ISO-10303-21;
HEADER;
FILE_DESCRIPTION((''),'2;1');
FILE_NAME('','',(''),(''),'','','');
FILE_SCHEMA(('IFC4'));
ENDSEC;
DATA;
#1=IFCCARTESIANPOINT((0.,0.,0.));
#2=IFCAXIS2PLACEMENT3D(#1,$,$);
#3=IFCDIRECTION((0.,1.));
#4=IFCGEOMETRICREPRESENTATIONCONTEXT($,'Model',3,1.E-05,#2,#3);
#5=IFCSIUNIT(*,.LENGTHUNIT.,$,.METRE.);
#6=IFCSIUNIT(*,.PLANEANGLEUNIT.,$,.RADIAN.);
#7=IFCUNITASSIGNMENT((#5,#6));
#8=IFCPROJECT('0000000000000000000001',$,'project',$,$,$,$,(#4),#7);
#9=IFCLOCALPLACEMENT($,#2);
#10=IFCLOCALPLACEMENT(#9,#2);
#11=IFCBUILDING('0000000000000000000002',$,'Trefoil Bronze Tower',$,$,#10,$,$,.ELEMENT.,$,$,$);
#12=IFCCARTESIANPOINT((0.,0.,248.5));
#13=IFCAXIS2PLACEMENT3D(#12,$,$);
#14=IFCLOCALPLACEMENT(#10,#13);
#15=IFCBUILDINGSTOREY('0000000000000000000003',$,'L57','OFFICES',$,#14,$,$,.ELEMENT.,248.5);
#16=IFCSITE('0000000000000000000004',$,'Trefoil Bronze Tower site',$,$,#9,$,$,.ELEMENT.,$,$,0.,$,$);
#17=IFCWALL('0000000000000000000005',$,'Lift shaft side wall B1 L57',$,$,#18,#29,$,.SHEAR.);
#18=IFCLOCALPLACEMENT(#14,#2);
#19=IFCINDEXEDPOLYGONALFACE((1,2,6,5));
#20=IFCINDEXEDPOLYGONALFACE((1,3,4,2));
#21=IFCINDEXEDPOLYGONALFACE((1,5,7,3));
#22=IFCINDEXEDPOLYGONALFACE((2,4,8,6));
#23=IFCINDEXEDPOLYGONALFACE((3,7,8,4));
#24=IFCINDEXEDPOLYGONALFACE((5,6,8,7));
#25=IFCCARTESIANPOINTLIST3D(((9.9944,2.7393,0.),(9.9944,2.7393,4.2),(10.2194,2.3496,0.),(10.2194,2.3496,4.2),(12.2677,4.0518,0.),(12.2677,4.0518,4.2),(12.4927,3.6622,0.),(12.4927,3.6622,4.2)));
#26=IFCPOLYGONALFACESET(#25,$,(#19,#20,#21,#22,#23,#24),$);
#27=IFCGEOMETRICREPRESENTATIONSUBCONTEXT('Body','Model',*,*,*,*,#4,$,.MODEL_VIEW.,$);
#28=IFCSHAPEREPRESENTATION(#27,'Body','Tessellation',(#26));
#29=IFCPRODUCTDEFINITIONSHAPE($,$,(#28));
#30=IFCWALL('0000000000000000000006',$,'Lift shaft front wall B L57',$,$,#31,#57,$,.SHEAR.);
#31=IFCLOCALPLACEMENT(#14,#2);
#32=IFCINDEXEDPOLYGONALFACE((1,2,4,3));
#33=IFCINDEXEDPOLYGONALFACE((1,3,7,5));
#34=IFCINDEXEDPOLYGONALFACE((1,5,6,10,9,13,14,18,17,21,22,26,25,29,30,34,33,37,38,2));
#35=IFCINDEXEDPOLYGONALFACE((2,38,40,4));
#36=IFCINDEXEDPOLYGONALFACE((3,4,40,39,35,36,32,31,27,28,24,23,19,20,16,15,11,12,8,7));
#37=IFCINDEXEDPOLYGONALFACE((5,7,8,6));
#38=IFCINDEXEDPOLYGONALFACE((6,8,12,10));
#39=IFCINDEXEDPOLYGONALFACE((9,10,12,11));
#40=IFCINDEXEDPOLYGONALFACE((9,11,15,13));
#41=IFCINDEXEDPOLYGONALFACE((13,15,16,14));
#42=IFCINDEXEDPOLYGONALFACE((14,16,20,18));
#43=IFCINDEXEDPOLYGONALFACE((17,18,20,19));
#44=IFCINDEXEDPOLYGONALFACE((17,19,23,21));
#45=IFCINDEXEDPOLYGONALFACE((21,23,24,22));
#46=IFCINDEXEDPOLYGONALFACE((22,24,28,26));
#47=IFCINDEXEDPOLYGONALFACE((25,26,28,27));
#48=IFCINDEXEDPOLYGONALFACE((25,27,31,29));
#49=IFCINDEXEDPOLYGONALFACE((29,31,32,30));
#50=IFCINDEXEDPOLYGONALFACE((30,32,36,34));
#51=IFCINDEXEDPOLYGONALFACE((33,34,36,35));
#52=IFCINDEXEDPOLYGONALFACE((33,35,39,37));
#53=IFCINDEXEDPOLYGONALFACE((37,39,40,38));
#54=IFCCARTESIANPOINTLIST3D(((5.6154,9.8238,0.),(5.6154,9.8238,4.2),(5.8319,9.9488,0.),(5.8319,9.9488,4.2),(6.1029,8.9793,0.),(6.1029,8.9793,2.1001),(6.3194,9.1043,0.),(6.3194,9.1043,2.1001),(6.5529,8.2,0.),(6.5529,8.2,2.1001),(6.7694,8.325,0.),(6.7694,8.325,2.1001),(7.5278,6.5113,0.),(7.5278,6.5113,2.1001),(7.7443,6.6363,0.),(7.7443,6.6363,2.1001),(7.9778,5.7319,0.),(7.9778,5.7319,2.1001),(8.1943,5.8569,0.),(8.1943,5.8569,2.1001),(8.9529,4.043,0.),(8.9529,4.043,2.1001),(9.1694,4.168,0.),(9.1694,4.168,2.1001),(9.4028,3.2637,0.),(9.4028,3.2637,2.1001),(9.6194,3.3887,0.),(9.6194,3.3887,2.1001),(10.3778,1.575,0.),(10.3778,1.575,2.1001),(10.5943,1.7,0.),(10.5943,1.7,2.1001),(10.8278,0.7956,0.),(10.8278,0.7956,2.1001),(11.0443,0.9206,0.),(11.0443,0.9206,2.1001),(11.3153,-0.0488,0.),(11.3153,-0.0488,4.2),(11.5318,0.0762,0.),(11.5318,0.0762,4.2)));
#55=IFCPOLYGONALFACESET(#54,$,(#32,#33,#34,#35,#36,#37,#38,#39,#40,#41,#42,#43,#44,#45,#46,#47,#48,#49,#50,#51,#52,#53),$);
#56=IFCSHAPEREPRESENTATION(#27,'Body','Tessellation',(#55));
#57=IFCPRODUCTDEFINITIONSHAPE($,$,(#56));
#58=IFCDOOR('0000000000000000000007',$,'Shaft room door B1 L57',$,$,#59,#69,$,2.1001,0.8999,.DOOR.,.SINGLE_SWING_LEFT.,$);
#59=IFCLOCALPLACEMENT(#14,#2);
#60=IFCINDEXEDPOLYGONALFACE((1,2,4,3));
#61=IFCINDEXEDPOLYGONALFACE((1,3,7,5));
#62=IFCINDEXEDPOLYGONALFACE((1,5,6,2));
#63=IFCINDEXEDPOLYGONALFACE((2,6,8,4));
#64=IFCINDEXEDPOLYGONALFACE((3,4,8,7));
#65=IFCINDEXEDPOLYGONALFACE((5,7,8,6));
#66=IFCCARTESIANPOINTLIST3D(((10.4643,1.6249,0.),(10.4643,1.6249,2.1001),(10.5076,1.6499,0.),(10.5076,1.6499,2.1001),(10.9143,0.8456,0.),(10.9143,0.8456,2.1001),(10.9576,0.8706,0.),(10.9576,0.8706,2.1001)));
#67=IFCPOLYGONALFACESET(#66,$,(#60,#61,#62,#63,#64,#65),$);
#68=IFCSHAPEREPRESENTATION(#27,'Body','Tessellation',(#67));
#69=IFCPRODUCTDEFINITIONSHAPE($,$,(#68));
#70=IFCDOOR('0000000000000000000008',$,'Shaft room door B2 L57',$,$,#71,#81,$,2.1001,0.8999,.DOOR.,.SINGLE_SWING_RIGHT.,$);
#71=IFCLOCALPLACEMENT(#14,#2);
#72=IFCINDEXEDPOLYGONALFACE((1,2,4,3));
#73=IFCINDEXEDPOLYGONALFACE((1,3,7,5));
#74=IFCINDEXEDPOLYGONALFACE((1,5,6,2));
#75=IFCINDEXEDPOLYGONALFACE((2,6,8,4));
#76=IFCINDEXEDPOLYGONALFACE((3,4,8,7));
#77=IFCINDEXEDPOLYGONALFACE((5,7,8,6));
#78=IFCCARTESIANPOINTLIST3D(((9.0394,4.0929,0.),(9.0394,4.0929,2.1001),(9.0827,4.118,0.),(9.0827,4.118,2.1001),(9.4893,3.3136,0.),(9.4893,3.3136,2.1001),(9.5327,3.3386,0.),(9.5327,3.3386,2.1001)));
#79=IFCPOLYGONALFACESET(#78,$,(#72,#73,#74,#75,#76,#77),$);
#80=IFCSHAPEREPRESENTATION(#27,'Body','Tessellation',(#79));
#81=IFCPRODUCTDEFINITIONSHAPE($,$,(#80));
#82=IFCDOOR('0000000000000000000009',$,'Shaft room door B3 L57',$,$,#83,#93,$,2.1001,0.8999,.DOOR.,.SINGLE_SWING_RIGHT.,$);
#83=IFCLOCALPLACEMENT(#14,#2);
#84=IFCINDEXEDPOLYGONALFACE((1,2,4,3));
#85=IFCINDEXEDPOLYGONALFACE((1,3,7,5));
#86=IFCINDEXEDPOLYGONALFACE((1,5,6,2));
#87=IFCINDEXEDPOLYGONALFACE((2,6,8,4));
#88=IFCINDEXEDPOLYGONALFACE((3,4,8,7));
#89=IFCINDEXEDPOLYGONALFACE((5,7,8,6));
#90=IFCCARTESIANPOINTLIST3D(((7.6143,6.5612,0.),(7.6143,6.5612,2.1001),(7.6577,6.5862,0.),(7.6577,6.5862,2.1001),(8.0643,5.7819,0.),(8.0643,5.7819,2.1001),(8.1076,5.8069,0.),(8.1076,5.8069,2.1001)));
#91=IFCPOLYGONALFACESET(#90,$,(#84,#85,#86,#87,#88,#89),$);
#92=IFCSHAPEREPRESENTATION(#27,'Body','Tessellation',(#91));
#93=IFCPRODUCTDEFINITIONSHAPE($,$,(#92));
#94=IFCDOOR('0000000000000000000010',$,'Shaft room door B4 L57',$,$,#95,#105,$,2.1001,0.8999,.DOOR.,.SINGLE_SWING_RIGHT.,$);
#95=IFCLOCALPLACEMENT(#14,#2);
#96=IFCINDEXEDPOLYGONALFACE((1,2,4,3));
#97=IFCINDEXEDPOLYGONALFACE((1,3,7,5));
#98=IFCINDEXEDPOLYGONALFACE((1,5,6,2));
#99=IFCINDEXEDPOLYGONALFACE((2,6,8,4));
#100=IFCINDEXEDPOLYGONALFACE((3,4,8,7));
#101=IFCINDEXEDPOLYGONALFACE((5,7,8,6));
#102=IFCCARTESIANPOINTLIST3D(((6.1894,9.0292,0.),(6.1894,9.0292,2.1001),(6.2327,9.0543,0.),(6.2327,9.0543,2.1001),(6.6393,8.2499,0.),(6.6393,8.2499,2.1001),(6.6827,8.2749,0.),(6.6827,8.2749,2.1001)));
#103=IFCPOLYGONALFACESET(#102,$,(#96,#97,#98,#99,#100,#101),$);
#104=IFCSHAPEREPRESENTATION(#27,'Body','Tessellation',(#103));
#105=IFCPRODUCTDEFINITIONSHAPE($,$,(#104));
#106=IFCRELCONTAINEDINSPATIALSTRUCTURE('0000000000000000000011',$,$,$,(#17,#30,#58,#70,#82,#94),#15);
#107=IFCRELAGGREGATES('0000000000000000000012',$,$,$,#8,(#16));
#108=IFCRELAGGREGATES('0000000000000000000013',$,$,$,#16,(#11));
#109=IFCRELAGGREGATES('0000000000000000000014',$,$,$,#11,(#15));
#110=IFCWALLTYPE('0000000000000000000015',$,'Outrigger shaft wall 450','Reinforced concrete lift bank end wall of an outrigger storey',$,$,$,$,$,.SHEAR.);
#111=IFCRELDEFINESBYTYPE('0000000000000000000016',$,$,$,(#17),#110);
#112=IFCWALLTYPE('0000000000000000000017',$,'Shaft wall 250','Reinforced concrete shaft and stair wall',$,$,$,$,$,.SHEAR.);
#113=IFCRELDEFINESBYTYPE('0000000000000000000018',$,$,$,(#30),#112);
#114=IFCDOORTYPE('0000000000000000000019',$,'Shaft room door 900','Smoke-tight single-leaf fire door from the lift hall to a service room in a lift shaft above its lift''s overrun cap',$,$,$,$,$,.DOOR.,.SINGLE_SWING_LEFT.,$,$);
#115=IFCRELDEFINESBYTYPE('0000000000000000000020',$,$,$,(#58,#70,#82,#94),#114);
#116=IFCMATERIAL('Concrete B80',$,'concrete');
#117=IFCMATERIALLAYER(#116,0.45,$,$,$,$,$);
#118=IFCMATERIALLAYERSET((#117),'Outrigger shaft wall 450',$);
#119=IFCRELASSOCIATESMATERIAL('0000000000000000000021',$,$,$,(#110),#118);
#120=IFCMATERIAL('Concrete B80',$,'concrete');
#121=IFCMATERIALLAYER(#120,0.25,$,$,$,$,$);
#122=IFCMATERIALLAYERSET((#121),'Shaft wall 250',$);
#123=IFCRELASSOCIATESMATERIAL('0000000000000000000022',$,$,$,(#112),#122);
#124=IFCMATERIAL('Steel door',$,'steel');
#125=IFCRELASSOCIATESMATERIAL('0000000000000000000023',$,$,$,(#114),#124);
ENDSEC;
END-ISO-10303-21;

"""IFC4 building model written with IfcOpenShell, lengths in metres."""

from ifc_helpers import new_model, si_unit, direction, frame, frame_2d, origin, place, context, subcontext, project, spatial, rectangle, extrude, material, layer, layer_set, type_object, element, fill, save


model = new_model("IFC4")

# Units and contexts
model_context = context("Model", 3, precision=1e-05, world=origin(), true_north=direction((0.0, 1.0)))
body_context = subcontext(model_context, "Body", "Model", "MODEL_VIEW")
ifc_project = project(units=[si_unit("LENGTHUNIT", "METRE"), si_unit("PLANEANGLEUNIT", "RADIAN")], contexts=[model_context])

# Site, building, storey
site_placement = place(None, origin())
site = spatial("IfcSite", under=ifc_project, at=site_placement, Name="Trefoil Bronze Tower site", CompositionType="ELEMENT", RefElevation=0.0)
building_placement = place(site_placement, origin())
building = spatial("IfcBuilding", under=site, at=building_placement, Name="Trefoil Bronze Tower", CompositionType="ELEMENT")
storey_placement = place(building_placement, frame((0.0, 0.0, 248.5)))
storey = spatial("IfcBuildingStorey", under=building, at=storey_placement, Name="L57", Description="OFFICES", CompositionType="ELEMENT", Elevation=248.5)

# Wall
ifc_material_1 = material(Name="Concrete B80", Category="concrete")
ifc_layer_1 = layer(ifc_material_1, 0.45)
ifc_layer_set_1 = layer_set([ifc_layer_1], Name="Outrigger shaft wall 450")
wall_type_1 = type_object("IfcWallType", Name="Outrigger shaft wall 450", Description="Reinforced concrete lift bank end wall of an outrigger storey", PredefinedType="SHEAR", material=ifc_layer_set_1)
for number, where, z_axis, x_axis, name in (
    (1, (10.1069, 2.5444, 0.0), (0.0, 0.0, 1.0), (0.866014, 0.50002, 0.0), "Lift shaft side wall B1 L57"),
):
    element("IfcWall", number, at=place(storey_placement, frame(where, z_axis=z_axis, x_axis=x_axis)), inside=storey, type_object=wall_type_1, Name=name, PredefinedType="SHEAR", context=body_context, shape_type="SweptSolid", body=[
        extrude(rectangle(XDim=2.625, YDim=0.45, at=frame_2d((1.3125, 0.0))), origin(), (0.0, 0.0, 1.0), 4.2),
    ])

# Wall, openings, doors
ifc_material_2 = material(Name="Concrete B80", Category="concrete")
ifc_layer_2 = layer(ifc_material_2, 0.25)
ifc_layer_set_2 = layer_set([ifc_layer_2], Name="Shaft wall 250")
wall_type_2 = type_object("IfcWallType", Name="Shaft wall 250", Description="Reinforced concrete shaft and stair wall", PredefinedType="SHEAR", material=ifc_layer_set_2)
wall_1_placement = place(storey_placement, frame((11.4236, 0.0137, 0.0), z_axis=(0.0, 0.0, 1.0), x_axis=(-0.500002, 0.866024, 0.0)))
wall_1 = element("IfcWall", 2, at=wall_1_placement, inside=storey, type_object=wall_type_2, Name="Lift shaft front wall B L57", PredefinedType="SHEAR", context=body_context, shape_type="SweptSolid", body=[
    extrude(rectangle(XDim=11.3999, YDim=0.25, at=frame_2d((5.7, 0.0))), origin(), (0.0, 0.0, 1.0), 4.2),
])
opening_1_placement = place(wall_1_placement, frame((0.9751, 0.0, 0.0)))
opening_1 = element("IfcOpeningElement", 3, at=opening_1_placement, cuts=wall_1, PredefinedType="OPENING", context=body_context, shape_type="SweptSolid", body=[
    extrude(rectangle(XDim=0.8999, YDim=2.1001, at=frame_2d((0.45, 1.05))), frame((0.0, 0.135, 0.0), z_axis=(0.0, -1.0, 0.0), x_axis=(1.0, 0.0, 0.0)), (0.0, 0.0, 1.0), 0.27),
])
opening_2_placement = place(wall_1_placement, frame((3.825, 0.0, 0.0)))
opening_2 = element("IfcOpeningElement", 4, at=opening_2_placement, cuts=wall_1, PredefinedType="OPENING", context=body_context, shape_type="SweptSolid", body=[
    extrude(rectangle(XDim=0.8999, YDim=2.1001, at=frame_2d((0.45, 1.05))), frame((0.0, 0.135, 0.0), z_axis=(0.0, -1.0, 0.0), x_axis=(1.0, 0.0, 0.0)), (0.0, 0.0, 1.0), 0.27),
])
opening_3_placement = place(wall_1_placement, frame((6.675, 0.0, 0.0)))
opening_3 = element("IfcOpeningElement", 5, at=opening_3_placement, cuts=wall_1, PredefinedType="OPENING", context=body_context, shape_type="SweptSolid", body=[
    extrude(rectangle(XDim=0.8999, YDim=2.1001, at=frame_2d((0.45, 1.05))), frame((0.0, 0.135, 0.0), z_axis=(0.0, -1.0, 0.0), x_axis=(1.0, 0.0, 0.0)), (0.0, 0.0, 1.0), 0.27),
])
opening_4_placement = place(wall_1_placement, frame((9.5249, 0.0, 0.0)))
opening_4 = element("IfcOpeningElement", 6, at=opening_4_placement, cuts=wall_1, PredefinedType="OPENING", context=body_context, shape_type="SweptSolid", body=[
    extrude(rectangle(XDim=0.8999, YDim=2.1001, at=frame_2d((0.45, 1.05))), frame((0.0, 0.135, 0.0), z_axis=(0.0, -1.0, 0.0), x_axis=(1.0, 0.0, 0.0)), (0.0, 0.0, 1.0), 0.27),
])
ifc_material_3 = material(Name="Steel door", Category="steel")
door_type_1 = type_object("IfcDoorType", Name="Shaft room door 900", Description="Smoke-tight single-leaf fire door from the lift hall to a service room in a lift shaft above its lift's overrun cap", OperationType="SINGLE_SWING_LEFT", PredefinedType="DOOR", material=ifc_material_3)
door_1_placement = place(opening_1_placement, frame((0.8999, 0.0, 0.0), z_axis=(0.0, 0.0, 1.0), x_axis=(-1.0, 0.0, 0.0)))
door_1 = element("IfcDoor", 7, at=door_1_placement, inside=storey, type_object=door_type_1, Name="Shaft room door B1 L57", OperationType="SINGLE_SWING_LEFT", OverallHeight=2.1001, OverallWidth=0.8999, PredefinedType="DOOR", context=body_context, shape_type="SweptSolid", body=[
    extrude(rectangle(XDim=0.8999, YDim=2.1001, at=frame_2d((0.45, 1.05))), frame((0.0, 0.0249, 0.0), z_axis=(0.0, -1.0, 0.0), x_axis=(1.0, 0.0, 0.0)), (0.0, 0.0, 1.0), 0.05),
])
fill(opening_1, door_1)
door_2_placement = place(opening_2_placement, frame((0.8999, 0.0, 0.0), z_axis=(0.0, 0.0, 1.0), x_axis=(-1.0, 0.0, 0.0)))
door_2 = element("IfcDoor", 8, at=door_2_placement, inside=storey, type_object=door_type_1, Name="Shaft room door B2 L57", OperationType="SINGLE_SWING_RIGHT", OverallHeight=2.1001, OverallWidth=0.8999, PredefinedType="DOOR", context=body_context, shape_type="SweptSolid", body=[
    extrude(rectangle(XDim=0.8999, YDim=2.1001, at=frame_2d((0.45, 1.05))), frame((0.0, 0.0249, 0.0), z_axis=(0.0, -1.0, 0.0), x_axis=(1.0, 0.0, 0.0)), (0.0, 0.0, 1.0), 0.05),
])
fill(opening_2, door_2)
door_3_placement = place(opening_3_placement, frame((0.8999, 0.0, 0.0), z_axis=(0.0, 0.0, 1.0), x_axis=(-1.0, 0.0, 0.0)))
door_3 = element("IfcDoor", 9, at=door_3_placement, inside=storey, type_object=door_type_1, Name="Shaft room door B3 L57", OperationType="SINGLE_SWING_RIGHT", OverallHeight=2.1001, OverallWidth=0.8999, PredefinedType="DOOR", context=body_context, shape_type="SweptSolid", body=[
    extrude(rectangle(XDim=0.8999, YDim=2.1001, at=frame_2d((0.45, 1.05))), frame((0.0, 0.0249, 0.0), z_axis=(0.0, -1.0, 0.0), x_axis=(1.0, 0.0, 0.0)), (0.0, 0.0, 1.0), 0.05),
])
fill(opening_3, door_3)
door_4_placement = place(opening_4_placement, frame((0.8999, 0.0, 0.0), z_axis=(0.0, 0.0, 1.0), x_axis=(-1.0, 0.0, 0.0)))
door_4 = element("IfcDoor", 10, at=door_4_placement, inside=storey, type_object=door_type_1, Name="Shaft room door B4 L57", OperationType="SINGLE_SWING_RIGHT", OverallHeight=2.1001, OverallWidth=0.8999, PredefinedType="DOOR", context=body_context, shape_type="SweptSolid", body=[
    extrude(rectangle(XDim=0.8999, YDim=2.1001, at=frame_2d((0.45, 1.05))), frame((0.0, 0.0249, 0.0), z_axis=(0.0, -1.0, 0.0), x_axis=(1.0, 0.0, 0.0)), (0.0, 0.0, 1.0), 0.05),
])
fill(opening_4, door_4)

save(model, "model.ifc")
